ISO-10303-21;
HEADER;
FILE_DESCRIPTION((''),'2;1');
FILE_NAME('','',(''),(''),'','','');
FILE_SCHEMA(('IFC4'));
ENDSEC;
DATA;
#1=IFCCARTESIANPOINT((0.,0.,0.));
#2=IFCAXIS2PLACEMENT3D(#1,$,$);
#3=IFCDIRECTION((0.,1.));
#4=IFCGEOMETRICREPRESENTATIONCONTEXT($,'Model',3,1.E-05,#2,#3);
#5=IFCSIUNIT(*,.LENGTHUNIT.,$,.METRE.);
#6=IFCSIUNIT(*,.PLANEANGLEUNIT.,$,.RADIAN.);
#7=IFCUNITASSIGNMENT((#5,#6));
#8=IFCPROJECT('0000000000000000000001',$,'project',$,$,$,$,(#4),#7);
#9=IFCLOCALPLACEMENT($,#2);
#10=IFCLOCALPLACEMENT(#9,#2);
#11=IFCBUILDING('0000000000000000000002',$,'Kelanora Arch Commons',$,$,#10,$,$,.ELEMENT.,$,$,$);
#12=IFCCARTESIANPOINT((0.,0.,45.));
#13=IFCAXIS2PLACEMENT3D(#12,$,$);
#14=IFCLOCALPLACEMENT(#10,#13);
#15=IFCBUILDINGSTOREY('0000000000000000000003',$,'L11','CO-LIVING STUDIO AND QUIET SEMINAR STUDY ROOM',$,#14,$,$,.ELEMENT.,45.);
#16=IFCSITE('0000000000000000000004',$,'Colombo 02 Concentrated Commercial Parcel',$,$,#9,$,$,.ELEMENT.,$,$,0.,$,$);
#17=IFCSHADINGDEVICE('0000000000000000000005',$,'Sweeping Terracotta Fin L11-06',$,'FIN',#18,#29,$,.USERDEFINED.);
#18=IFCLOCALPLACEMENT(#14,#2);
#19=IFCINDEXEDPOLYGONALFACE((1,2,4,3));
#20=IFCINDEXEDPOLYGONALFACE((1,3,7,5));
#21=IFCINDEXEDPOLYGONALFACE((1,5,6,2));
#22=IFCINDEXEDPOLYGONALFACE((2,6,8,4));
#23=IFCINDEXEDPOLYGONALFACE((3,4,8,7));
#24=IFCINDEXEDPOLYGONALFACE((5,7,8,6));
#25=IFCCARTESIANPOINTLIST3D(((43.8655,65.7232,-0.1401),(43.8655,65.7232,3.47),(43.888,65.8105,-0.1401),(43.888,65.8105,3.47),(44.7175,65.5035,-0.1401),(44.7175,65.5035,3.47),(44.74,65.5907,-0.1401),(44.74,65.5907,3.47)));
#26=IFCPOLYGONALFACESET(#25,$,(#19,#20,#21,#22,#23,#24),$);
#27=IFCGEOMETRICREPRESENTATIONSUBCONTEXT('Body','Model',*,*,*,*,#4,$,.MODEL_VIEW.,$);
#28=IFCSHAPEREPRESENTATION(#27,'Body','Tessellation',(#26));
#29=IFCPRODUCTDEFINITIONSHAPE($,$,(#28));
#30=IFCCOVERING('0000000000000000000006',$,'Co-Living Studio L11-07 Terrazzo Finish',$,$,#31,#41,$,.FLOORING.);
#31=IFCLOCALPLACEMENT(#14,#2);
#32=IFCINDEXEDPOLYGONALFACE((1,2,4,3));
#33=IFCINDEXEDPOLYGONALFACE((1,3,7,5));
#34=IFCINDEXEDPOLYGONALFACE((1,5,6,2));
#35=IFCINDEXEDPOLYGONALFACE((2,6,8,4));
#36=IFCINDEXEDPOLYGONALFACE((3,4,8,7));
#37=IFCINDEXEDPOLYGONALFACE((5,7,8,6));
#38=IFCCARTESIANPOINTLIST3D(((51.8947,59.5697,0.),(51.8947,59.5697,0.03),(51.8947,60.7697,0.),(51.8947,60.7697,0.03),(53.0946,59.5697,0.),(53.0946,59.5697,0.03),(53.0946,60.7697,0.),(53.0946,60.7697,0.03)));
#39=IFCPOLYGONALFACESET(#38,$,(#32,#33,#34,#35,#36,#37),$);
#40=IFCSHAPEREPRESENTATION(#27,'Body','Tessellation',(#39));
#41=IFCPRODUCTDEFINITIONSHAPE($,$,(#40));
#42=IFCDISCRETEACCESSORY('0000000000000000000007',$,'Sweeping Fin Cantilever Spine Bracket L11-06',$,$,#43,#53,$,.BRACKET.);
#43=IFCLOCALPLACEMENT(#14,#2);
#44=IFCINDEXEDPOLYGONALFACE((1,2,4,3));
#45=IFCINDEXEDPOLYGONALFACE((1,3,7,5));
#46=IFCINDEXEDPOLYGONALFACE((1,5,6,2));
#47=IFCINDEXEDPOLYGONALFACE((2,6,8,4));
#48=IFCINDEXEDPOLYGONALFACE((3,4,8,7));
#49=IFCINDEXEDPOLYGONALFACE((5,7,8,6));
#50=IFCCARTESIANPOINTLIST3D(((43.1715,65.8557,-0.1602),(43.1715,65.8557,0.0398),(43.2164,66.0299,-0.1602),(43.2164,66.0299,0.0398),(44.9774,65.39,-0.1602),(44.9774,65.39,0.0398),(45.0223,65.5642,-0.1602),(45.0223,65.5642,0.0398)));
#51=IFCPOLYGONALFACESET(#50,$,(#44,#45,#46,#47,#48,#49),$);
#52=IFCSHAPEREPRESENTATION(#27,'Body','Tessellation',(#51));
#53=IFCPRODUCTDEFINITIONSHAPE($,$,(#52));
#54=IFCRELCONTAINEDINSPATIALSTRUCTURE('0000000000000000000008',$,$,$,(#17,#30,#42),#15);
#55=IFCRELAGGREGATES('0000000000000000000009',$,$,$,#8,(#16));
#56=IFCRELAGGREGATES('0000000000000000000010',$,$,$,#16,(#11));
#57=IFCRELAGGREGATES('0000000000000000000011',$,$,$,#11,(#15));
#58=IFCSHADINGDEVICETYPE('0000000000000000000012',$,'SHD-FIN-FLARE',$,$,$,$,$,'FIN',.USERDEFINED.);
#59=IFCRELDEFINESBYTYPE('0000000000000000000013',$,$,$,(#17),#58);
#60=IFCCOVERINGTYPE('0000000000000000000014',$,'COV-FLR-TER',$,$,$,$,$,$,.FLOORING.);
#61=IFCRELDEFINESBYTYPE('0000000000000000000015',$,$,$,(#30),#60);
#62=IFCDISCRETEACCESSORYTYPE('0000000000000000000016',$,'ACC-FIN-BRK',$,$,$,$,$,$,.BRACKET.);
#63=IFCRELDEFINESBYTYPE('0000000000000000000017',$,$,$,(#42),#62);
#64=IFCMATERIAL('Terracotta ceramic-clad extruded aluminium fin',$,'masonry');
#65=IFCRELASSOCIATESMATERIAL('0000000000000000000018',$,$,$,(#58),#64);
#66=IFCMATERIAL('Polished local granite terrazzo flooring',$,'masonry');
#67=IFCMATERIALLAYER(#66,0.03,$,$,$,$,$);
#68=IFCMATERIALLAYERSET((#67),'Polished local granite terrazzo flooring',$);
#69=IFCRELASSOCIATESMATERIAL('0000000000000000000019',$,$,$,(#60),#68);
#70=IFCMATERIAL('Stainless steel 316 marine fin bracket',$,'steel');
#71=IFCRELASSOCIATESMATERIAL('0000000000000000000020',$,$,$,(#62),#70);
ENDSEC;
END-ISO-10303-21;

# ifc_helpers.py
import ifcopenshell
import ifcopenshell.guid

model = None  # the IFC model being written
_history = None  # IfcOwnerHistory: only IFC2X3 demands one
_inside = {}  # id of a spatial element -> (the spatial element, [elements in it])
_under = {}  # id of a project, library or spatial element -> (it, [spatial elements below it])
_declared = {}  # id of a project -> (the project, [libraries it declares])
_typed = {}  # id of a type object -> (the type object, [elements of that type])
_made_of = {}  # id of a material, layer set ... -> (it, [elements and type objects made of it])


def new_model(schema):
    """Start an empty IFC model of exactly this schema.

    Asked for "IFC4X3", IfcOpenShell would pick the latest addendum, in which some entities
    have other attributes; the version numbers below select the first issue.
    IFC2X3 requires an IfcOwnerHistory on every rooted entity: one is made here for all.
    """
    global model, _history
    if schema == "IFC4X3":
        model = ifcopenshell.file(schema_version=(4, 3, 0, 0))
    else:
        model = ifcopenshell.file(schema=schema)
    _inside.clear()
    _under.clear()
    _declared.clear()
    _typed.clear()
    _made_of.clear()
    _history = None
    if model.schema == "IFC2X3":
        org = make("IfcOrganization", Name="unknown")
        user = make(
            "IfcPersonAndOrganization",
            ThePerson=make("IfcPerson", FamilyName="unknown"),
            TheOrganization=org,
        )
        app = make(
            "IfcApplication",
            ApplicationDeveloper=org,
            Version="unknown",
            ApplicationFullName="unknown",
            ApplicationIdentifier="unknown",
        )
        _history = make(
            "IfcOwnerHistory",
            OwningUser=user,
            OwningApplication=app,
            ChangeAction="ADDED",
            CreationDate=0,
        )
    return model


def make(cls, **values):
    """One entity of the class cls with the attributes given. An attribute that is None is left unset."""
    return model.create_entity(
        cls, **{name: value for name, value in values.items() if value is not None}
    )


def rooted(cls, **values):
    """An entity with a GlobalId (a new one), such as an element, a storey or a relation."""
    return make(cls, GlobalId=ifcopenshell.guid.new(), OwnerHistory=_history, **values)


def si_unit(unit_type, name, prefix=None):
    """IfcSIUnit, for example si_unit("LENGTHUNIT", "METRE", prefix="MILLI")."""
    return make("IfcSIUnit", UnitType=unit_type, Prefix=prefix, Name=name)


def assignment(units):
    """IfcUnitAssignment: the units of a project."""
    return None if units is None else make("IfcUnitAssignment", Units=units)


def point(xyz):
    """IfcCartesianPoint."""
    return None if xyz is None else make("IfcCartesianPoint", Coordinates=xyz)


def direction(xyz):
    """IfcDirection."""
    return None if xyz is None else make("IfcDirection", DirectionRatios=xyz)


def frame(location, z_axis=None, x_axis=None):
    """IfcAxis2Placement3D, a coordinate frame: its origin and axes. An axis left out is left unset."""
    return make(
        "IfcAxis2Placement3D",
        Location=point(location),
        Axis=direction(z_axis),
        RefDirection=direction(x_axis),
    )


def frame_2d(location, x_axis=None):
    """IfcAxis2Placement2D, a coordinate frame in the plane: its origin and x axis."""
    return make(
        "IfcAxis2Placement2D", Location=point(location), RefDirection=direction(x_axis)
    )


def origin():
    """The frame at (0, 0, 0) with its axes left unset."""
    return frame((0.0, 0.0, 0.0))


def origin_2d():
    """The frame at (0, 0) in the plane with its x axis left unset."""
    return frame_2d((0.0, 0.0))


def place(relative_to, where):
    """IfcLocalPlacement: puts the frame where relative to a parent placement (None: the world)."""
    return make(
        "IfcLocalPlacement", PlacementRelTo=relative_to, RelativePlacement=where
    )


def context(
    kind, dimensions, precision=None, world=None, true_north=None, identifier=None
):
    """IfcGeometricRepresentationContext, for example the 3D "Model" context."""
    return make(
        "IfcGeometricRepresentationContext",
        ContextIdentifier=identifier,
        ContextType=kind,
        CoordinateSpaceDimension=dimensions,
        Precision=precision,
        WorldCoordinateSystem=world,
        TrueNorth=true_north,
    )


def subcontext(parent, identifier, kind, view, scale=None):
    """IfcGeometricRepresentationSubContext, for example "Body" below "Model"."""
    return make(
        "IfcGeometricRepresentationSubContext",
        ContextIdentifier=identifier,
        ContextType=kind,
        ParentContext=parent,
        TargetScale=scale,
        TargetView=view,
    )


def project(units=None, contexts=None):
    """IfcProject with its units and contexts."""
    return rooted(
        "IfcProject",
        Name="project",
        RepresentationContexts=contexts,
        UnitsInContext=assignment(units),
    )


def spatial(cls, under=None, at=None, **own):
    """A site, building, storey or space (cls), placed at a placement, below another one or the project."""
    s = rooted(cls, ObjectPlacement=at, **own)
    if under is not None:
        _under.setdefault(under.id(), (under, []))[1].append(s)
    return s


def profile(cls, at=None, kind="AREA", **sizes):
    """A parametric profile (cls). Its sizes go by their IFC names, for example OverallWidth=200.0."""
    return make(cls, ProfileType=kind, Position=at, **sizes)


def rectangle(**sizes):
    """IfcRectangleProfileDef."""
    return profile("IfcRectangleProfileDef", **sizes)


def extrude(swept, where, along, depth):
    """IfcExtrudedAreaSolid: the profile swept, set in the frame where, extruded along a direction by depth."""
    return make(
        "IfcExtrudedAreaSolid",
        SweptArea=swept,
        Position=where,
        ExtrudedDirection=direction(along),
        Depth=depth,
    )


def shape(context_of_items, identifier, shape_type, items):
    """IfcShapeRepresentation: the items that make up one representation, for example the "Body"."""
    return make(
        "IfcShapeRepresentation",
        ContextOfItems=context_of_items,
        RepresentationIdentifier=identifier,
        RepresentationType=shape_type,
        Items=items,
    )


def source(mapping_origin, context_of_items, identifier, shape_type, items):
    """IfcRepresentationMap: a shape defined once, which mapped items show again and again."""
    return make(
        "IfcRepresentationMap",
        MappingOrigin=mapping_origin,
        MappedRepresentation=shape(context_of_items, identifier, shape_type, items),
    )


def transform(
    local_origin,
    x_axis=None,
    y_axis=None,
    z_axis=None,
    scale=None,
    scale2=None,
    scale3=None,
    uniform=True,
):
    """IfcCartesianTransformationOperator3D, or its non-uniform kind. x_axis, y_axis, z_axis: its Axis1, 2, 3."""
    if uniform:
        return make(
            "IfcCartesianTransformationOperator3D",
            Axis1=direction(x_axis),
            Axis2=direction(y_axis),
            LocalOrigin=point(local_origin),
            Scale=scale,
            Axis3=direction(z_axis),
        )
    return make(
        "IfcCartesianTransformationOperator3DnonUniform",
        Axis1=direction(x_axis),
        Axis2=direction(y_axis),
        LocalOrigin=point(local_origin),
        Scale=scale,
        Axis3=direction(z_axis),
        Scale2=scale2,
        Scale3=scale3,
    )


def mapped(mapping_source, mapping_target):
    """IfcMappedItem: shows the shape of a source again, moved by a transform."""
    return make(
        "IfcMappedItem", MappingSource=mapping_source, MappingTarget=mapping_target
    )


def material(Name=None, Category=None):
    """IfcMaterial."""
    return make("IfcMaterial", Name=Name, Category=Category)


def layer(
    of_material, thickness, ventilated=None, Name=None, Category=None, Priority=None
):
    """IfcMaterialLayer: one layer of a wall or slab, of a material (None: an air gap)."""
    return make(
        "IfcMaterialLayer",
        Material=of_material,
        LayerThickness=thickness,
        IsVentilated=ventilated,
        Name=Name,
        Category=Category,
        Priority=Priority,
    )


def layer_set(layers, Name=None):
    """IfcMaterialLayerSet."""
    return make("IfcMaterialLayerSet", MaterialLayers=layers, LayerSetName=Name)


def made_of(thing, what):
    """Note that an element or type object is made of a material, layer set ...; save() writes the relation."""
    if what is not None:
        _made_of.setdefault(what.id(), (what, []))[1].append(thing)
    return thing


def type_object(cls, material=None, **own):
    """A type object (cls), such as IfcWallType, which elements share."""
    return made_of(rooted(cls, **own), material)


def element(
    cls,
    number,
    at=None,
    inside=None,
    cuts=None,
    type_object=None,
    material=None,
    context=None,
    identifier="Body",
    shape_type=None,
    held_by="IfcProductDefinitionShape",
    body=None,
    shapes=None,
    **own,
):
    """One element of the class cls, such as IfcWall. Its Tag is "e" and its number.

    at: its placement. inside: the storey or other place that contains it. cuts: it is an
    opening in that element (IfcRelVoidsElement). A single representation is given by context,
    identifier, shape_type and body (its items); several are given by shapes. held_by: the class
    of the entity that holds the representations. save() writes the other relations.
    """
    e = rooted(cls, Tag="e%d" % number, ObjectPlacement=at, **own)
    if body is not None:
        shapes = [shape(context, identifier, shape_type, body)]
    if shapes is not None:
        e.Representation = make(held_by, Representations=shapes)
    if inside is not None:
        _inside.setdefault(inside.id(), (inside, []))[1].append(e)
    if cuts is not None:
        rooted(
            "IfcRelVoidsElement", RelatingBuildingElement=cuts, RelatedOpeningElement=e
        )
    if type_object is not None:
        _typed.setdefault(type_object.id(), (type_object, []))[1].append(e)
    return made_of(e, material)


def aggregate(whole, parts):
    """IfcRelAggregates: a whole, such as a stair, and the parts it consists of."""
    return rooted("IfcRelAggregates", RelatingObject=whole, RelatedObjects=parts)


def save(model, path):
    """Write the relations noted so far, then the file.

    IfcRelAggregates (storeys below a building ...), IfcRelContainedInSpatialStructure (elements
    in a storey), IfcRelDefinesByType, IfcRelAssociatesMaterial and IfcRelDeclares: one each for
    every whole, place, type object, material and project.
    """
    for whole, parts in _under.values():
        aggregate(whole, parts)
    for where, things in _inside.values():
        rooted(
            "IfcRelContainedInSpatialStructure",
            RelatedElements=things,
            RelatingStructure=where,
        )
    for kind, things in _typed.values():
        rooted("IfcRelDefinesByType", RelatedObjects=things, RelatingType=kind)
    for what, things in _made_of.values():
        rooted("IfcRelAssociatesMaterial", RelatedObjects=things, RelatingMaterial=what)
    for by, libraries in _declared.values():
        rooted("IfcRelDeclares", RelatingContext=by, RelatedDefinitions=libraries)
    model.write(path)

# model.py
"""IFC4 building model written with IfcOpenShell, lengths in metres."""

from ifc_helpers import new_model, si_unit, direction, frame, origin, origin_2d, place, context, subcontext, project, spatial, rectangle, extrude, source, transform, mapped, material, layer, layer_set, type_object, element, save


model = new_model("IFC4")

# Units and contexts
model_context = context("Model", 3, precision=1e-05, world=origin(), true_north=direction((0.0, 1.0)))
body_context = subcontext(model_context, "Body", "Model", "MODEL_VIEW")
ifc_project = project(units=[si_unit("LENGTHUNIT", "METRE"), si_unit("PLANEANGLEUNIT", "RADIAN")], contexts=[model_context])

# Site, building, storey
site_placement = place(None, origin())
site = spatial("IfcSite", under=ifc_project, at=site_placement, Name="Colombo 02 Concentrated Commercial Parcel", CompositionType="ELEMENT", RefElevation=0.0)
building_placement = place(site_placement, origin())
building = spatial("IfcBuilding", under=site, at=building_placement, Name="Kelanora Arch Commons", CompositionType="ELEMENT")
storey_placement = place(building_placement, frame((0.0, 0.0, 45.0)))
storey = spatial("IfcBuildingStorey", under=building, at=storey_placement, Name="L11", Description="CO-LIVING STUDIO AND QUIET SEMINAR STUDY ROOM", CompositionType="ELEMENT", Elevation=45.0)

# Shading device
ifc_material_1 = material(Name="Terracotta ceramic-clad extruded aluminium fin", Category="masonry")
shading_device_type = type_object("IfcShadingDeviceType", Name="SHD-FIN-FLARE", ElementType="FIN", PredefinedType="USERDEFINED", material=ifc_material_1)
shared_shape_1 = source(origin(), body_context, "Body", "SweptSolid", [
    extrude(rectangle(XDim=0.8799, YDim=0.0901, at=origin_2d()), origin(), (0.0, 0.0, 1.0), 3.6101),
])
shading_device_placement = place(storey_placement, frame((44.3027, 65.657, -0.1401), z_axis=(0.0, 0.0, 1.0), x_axis=(-0.968322, 0.249704, 0.0)))
element("IfcShadingDevice", 1, at=shading_device_placement, inside=storey, type_object=shading_device_type, Name="Sweeping Terracotta Fin L11-06", ObjectType="FIN", PredefinedType="USERDEFINED", context=body_context, shape_type="MappedRepresentation", body=[
    mapped(shared_shape_1, transform((0.0, 0.0, 0.0), scale=1.0)),
])

# Covering
ifc_material_2 = material(Name="Polished local granite terrazzo flooring", Category="masonry")
ifc_layer_1 = layer(ifc_material_2, 0.03)
ifc_layer_set_1 = layer_set([ifc_layer_1], Name="Polished local granite terrazzo flooring")
covering_type = type_object("IfcCoveringType", Name="COV-FLR-TER", PredefinedType="FLOORING", material=ifc_layer_set_1)
shared_shape_2 = source(origin(), body_context, "Body", "SweptSolid", [
    extrude(rectangle(XDim=1.2, YDim=1.2, at=origin_2d()), origin(), (0.0, 0.0, 1.0), 0.03),
])
covering_placement = place(storey_placement, frame((52.4946, 60.1697, 0.0), z_axis=(0.0, 0.0, 1.0), x_axis=(1.0, 0.0, 0.0)))
element("IfcCovering", 2, at=covering_placement, inside=storey, type_object=covering_type, Name="Co-Living Studio L11-07 Terrazzo Finish", PredefinedType="FLOORING", context=body_context, shape_type="MappedRepresentation", body=[
    mapped(shared_shape_2, transform((0.0, 0.0, 0.0), scale=1.0)),
])

# Discrete accessory
ifc_material_3 = material(Name="Stainless steel 316 marine fin bracket", Category="steel")
discrete_accessory_type = type_object("IfcDiscreteAccessoryType", Name="ACC-FIN-BRK", PredefinedType="BRACKET", material=ifc_material_3)
shared_shape_3 = source(origin(), body_context, "Body", "SweptSolid", [
    extrude(rectangle(XDim=1.865, YDim=0.1799, at=origin_2d()), origin(), (0.0, 0.0, 1.0), 0.2),
])
discrete_accessory_placement = place(storey_placement, frame((44.0969, 65.71, -0.1602), z_axis=(0.0, 0.0, 1.0), x_axis=(-0.968322, 0.249704, 0.0)))
element("IfcDiscreteAccessory", 3, at=discrete_accessory_placement, inside=storey, type_object=discrete_accessory_type, Name="Sweeping Fin Cantilever Spine Bracket L11-06", PredefinedType="BRACKET", context=body_context, shape_type="MappedRepresentation", body=[
    mapped(shared_shape_3, transform((0.0, 0.0, 0.0), scale=1.0)),
])

save(model, "model.ifc")
